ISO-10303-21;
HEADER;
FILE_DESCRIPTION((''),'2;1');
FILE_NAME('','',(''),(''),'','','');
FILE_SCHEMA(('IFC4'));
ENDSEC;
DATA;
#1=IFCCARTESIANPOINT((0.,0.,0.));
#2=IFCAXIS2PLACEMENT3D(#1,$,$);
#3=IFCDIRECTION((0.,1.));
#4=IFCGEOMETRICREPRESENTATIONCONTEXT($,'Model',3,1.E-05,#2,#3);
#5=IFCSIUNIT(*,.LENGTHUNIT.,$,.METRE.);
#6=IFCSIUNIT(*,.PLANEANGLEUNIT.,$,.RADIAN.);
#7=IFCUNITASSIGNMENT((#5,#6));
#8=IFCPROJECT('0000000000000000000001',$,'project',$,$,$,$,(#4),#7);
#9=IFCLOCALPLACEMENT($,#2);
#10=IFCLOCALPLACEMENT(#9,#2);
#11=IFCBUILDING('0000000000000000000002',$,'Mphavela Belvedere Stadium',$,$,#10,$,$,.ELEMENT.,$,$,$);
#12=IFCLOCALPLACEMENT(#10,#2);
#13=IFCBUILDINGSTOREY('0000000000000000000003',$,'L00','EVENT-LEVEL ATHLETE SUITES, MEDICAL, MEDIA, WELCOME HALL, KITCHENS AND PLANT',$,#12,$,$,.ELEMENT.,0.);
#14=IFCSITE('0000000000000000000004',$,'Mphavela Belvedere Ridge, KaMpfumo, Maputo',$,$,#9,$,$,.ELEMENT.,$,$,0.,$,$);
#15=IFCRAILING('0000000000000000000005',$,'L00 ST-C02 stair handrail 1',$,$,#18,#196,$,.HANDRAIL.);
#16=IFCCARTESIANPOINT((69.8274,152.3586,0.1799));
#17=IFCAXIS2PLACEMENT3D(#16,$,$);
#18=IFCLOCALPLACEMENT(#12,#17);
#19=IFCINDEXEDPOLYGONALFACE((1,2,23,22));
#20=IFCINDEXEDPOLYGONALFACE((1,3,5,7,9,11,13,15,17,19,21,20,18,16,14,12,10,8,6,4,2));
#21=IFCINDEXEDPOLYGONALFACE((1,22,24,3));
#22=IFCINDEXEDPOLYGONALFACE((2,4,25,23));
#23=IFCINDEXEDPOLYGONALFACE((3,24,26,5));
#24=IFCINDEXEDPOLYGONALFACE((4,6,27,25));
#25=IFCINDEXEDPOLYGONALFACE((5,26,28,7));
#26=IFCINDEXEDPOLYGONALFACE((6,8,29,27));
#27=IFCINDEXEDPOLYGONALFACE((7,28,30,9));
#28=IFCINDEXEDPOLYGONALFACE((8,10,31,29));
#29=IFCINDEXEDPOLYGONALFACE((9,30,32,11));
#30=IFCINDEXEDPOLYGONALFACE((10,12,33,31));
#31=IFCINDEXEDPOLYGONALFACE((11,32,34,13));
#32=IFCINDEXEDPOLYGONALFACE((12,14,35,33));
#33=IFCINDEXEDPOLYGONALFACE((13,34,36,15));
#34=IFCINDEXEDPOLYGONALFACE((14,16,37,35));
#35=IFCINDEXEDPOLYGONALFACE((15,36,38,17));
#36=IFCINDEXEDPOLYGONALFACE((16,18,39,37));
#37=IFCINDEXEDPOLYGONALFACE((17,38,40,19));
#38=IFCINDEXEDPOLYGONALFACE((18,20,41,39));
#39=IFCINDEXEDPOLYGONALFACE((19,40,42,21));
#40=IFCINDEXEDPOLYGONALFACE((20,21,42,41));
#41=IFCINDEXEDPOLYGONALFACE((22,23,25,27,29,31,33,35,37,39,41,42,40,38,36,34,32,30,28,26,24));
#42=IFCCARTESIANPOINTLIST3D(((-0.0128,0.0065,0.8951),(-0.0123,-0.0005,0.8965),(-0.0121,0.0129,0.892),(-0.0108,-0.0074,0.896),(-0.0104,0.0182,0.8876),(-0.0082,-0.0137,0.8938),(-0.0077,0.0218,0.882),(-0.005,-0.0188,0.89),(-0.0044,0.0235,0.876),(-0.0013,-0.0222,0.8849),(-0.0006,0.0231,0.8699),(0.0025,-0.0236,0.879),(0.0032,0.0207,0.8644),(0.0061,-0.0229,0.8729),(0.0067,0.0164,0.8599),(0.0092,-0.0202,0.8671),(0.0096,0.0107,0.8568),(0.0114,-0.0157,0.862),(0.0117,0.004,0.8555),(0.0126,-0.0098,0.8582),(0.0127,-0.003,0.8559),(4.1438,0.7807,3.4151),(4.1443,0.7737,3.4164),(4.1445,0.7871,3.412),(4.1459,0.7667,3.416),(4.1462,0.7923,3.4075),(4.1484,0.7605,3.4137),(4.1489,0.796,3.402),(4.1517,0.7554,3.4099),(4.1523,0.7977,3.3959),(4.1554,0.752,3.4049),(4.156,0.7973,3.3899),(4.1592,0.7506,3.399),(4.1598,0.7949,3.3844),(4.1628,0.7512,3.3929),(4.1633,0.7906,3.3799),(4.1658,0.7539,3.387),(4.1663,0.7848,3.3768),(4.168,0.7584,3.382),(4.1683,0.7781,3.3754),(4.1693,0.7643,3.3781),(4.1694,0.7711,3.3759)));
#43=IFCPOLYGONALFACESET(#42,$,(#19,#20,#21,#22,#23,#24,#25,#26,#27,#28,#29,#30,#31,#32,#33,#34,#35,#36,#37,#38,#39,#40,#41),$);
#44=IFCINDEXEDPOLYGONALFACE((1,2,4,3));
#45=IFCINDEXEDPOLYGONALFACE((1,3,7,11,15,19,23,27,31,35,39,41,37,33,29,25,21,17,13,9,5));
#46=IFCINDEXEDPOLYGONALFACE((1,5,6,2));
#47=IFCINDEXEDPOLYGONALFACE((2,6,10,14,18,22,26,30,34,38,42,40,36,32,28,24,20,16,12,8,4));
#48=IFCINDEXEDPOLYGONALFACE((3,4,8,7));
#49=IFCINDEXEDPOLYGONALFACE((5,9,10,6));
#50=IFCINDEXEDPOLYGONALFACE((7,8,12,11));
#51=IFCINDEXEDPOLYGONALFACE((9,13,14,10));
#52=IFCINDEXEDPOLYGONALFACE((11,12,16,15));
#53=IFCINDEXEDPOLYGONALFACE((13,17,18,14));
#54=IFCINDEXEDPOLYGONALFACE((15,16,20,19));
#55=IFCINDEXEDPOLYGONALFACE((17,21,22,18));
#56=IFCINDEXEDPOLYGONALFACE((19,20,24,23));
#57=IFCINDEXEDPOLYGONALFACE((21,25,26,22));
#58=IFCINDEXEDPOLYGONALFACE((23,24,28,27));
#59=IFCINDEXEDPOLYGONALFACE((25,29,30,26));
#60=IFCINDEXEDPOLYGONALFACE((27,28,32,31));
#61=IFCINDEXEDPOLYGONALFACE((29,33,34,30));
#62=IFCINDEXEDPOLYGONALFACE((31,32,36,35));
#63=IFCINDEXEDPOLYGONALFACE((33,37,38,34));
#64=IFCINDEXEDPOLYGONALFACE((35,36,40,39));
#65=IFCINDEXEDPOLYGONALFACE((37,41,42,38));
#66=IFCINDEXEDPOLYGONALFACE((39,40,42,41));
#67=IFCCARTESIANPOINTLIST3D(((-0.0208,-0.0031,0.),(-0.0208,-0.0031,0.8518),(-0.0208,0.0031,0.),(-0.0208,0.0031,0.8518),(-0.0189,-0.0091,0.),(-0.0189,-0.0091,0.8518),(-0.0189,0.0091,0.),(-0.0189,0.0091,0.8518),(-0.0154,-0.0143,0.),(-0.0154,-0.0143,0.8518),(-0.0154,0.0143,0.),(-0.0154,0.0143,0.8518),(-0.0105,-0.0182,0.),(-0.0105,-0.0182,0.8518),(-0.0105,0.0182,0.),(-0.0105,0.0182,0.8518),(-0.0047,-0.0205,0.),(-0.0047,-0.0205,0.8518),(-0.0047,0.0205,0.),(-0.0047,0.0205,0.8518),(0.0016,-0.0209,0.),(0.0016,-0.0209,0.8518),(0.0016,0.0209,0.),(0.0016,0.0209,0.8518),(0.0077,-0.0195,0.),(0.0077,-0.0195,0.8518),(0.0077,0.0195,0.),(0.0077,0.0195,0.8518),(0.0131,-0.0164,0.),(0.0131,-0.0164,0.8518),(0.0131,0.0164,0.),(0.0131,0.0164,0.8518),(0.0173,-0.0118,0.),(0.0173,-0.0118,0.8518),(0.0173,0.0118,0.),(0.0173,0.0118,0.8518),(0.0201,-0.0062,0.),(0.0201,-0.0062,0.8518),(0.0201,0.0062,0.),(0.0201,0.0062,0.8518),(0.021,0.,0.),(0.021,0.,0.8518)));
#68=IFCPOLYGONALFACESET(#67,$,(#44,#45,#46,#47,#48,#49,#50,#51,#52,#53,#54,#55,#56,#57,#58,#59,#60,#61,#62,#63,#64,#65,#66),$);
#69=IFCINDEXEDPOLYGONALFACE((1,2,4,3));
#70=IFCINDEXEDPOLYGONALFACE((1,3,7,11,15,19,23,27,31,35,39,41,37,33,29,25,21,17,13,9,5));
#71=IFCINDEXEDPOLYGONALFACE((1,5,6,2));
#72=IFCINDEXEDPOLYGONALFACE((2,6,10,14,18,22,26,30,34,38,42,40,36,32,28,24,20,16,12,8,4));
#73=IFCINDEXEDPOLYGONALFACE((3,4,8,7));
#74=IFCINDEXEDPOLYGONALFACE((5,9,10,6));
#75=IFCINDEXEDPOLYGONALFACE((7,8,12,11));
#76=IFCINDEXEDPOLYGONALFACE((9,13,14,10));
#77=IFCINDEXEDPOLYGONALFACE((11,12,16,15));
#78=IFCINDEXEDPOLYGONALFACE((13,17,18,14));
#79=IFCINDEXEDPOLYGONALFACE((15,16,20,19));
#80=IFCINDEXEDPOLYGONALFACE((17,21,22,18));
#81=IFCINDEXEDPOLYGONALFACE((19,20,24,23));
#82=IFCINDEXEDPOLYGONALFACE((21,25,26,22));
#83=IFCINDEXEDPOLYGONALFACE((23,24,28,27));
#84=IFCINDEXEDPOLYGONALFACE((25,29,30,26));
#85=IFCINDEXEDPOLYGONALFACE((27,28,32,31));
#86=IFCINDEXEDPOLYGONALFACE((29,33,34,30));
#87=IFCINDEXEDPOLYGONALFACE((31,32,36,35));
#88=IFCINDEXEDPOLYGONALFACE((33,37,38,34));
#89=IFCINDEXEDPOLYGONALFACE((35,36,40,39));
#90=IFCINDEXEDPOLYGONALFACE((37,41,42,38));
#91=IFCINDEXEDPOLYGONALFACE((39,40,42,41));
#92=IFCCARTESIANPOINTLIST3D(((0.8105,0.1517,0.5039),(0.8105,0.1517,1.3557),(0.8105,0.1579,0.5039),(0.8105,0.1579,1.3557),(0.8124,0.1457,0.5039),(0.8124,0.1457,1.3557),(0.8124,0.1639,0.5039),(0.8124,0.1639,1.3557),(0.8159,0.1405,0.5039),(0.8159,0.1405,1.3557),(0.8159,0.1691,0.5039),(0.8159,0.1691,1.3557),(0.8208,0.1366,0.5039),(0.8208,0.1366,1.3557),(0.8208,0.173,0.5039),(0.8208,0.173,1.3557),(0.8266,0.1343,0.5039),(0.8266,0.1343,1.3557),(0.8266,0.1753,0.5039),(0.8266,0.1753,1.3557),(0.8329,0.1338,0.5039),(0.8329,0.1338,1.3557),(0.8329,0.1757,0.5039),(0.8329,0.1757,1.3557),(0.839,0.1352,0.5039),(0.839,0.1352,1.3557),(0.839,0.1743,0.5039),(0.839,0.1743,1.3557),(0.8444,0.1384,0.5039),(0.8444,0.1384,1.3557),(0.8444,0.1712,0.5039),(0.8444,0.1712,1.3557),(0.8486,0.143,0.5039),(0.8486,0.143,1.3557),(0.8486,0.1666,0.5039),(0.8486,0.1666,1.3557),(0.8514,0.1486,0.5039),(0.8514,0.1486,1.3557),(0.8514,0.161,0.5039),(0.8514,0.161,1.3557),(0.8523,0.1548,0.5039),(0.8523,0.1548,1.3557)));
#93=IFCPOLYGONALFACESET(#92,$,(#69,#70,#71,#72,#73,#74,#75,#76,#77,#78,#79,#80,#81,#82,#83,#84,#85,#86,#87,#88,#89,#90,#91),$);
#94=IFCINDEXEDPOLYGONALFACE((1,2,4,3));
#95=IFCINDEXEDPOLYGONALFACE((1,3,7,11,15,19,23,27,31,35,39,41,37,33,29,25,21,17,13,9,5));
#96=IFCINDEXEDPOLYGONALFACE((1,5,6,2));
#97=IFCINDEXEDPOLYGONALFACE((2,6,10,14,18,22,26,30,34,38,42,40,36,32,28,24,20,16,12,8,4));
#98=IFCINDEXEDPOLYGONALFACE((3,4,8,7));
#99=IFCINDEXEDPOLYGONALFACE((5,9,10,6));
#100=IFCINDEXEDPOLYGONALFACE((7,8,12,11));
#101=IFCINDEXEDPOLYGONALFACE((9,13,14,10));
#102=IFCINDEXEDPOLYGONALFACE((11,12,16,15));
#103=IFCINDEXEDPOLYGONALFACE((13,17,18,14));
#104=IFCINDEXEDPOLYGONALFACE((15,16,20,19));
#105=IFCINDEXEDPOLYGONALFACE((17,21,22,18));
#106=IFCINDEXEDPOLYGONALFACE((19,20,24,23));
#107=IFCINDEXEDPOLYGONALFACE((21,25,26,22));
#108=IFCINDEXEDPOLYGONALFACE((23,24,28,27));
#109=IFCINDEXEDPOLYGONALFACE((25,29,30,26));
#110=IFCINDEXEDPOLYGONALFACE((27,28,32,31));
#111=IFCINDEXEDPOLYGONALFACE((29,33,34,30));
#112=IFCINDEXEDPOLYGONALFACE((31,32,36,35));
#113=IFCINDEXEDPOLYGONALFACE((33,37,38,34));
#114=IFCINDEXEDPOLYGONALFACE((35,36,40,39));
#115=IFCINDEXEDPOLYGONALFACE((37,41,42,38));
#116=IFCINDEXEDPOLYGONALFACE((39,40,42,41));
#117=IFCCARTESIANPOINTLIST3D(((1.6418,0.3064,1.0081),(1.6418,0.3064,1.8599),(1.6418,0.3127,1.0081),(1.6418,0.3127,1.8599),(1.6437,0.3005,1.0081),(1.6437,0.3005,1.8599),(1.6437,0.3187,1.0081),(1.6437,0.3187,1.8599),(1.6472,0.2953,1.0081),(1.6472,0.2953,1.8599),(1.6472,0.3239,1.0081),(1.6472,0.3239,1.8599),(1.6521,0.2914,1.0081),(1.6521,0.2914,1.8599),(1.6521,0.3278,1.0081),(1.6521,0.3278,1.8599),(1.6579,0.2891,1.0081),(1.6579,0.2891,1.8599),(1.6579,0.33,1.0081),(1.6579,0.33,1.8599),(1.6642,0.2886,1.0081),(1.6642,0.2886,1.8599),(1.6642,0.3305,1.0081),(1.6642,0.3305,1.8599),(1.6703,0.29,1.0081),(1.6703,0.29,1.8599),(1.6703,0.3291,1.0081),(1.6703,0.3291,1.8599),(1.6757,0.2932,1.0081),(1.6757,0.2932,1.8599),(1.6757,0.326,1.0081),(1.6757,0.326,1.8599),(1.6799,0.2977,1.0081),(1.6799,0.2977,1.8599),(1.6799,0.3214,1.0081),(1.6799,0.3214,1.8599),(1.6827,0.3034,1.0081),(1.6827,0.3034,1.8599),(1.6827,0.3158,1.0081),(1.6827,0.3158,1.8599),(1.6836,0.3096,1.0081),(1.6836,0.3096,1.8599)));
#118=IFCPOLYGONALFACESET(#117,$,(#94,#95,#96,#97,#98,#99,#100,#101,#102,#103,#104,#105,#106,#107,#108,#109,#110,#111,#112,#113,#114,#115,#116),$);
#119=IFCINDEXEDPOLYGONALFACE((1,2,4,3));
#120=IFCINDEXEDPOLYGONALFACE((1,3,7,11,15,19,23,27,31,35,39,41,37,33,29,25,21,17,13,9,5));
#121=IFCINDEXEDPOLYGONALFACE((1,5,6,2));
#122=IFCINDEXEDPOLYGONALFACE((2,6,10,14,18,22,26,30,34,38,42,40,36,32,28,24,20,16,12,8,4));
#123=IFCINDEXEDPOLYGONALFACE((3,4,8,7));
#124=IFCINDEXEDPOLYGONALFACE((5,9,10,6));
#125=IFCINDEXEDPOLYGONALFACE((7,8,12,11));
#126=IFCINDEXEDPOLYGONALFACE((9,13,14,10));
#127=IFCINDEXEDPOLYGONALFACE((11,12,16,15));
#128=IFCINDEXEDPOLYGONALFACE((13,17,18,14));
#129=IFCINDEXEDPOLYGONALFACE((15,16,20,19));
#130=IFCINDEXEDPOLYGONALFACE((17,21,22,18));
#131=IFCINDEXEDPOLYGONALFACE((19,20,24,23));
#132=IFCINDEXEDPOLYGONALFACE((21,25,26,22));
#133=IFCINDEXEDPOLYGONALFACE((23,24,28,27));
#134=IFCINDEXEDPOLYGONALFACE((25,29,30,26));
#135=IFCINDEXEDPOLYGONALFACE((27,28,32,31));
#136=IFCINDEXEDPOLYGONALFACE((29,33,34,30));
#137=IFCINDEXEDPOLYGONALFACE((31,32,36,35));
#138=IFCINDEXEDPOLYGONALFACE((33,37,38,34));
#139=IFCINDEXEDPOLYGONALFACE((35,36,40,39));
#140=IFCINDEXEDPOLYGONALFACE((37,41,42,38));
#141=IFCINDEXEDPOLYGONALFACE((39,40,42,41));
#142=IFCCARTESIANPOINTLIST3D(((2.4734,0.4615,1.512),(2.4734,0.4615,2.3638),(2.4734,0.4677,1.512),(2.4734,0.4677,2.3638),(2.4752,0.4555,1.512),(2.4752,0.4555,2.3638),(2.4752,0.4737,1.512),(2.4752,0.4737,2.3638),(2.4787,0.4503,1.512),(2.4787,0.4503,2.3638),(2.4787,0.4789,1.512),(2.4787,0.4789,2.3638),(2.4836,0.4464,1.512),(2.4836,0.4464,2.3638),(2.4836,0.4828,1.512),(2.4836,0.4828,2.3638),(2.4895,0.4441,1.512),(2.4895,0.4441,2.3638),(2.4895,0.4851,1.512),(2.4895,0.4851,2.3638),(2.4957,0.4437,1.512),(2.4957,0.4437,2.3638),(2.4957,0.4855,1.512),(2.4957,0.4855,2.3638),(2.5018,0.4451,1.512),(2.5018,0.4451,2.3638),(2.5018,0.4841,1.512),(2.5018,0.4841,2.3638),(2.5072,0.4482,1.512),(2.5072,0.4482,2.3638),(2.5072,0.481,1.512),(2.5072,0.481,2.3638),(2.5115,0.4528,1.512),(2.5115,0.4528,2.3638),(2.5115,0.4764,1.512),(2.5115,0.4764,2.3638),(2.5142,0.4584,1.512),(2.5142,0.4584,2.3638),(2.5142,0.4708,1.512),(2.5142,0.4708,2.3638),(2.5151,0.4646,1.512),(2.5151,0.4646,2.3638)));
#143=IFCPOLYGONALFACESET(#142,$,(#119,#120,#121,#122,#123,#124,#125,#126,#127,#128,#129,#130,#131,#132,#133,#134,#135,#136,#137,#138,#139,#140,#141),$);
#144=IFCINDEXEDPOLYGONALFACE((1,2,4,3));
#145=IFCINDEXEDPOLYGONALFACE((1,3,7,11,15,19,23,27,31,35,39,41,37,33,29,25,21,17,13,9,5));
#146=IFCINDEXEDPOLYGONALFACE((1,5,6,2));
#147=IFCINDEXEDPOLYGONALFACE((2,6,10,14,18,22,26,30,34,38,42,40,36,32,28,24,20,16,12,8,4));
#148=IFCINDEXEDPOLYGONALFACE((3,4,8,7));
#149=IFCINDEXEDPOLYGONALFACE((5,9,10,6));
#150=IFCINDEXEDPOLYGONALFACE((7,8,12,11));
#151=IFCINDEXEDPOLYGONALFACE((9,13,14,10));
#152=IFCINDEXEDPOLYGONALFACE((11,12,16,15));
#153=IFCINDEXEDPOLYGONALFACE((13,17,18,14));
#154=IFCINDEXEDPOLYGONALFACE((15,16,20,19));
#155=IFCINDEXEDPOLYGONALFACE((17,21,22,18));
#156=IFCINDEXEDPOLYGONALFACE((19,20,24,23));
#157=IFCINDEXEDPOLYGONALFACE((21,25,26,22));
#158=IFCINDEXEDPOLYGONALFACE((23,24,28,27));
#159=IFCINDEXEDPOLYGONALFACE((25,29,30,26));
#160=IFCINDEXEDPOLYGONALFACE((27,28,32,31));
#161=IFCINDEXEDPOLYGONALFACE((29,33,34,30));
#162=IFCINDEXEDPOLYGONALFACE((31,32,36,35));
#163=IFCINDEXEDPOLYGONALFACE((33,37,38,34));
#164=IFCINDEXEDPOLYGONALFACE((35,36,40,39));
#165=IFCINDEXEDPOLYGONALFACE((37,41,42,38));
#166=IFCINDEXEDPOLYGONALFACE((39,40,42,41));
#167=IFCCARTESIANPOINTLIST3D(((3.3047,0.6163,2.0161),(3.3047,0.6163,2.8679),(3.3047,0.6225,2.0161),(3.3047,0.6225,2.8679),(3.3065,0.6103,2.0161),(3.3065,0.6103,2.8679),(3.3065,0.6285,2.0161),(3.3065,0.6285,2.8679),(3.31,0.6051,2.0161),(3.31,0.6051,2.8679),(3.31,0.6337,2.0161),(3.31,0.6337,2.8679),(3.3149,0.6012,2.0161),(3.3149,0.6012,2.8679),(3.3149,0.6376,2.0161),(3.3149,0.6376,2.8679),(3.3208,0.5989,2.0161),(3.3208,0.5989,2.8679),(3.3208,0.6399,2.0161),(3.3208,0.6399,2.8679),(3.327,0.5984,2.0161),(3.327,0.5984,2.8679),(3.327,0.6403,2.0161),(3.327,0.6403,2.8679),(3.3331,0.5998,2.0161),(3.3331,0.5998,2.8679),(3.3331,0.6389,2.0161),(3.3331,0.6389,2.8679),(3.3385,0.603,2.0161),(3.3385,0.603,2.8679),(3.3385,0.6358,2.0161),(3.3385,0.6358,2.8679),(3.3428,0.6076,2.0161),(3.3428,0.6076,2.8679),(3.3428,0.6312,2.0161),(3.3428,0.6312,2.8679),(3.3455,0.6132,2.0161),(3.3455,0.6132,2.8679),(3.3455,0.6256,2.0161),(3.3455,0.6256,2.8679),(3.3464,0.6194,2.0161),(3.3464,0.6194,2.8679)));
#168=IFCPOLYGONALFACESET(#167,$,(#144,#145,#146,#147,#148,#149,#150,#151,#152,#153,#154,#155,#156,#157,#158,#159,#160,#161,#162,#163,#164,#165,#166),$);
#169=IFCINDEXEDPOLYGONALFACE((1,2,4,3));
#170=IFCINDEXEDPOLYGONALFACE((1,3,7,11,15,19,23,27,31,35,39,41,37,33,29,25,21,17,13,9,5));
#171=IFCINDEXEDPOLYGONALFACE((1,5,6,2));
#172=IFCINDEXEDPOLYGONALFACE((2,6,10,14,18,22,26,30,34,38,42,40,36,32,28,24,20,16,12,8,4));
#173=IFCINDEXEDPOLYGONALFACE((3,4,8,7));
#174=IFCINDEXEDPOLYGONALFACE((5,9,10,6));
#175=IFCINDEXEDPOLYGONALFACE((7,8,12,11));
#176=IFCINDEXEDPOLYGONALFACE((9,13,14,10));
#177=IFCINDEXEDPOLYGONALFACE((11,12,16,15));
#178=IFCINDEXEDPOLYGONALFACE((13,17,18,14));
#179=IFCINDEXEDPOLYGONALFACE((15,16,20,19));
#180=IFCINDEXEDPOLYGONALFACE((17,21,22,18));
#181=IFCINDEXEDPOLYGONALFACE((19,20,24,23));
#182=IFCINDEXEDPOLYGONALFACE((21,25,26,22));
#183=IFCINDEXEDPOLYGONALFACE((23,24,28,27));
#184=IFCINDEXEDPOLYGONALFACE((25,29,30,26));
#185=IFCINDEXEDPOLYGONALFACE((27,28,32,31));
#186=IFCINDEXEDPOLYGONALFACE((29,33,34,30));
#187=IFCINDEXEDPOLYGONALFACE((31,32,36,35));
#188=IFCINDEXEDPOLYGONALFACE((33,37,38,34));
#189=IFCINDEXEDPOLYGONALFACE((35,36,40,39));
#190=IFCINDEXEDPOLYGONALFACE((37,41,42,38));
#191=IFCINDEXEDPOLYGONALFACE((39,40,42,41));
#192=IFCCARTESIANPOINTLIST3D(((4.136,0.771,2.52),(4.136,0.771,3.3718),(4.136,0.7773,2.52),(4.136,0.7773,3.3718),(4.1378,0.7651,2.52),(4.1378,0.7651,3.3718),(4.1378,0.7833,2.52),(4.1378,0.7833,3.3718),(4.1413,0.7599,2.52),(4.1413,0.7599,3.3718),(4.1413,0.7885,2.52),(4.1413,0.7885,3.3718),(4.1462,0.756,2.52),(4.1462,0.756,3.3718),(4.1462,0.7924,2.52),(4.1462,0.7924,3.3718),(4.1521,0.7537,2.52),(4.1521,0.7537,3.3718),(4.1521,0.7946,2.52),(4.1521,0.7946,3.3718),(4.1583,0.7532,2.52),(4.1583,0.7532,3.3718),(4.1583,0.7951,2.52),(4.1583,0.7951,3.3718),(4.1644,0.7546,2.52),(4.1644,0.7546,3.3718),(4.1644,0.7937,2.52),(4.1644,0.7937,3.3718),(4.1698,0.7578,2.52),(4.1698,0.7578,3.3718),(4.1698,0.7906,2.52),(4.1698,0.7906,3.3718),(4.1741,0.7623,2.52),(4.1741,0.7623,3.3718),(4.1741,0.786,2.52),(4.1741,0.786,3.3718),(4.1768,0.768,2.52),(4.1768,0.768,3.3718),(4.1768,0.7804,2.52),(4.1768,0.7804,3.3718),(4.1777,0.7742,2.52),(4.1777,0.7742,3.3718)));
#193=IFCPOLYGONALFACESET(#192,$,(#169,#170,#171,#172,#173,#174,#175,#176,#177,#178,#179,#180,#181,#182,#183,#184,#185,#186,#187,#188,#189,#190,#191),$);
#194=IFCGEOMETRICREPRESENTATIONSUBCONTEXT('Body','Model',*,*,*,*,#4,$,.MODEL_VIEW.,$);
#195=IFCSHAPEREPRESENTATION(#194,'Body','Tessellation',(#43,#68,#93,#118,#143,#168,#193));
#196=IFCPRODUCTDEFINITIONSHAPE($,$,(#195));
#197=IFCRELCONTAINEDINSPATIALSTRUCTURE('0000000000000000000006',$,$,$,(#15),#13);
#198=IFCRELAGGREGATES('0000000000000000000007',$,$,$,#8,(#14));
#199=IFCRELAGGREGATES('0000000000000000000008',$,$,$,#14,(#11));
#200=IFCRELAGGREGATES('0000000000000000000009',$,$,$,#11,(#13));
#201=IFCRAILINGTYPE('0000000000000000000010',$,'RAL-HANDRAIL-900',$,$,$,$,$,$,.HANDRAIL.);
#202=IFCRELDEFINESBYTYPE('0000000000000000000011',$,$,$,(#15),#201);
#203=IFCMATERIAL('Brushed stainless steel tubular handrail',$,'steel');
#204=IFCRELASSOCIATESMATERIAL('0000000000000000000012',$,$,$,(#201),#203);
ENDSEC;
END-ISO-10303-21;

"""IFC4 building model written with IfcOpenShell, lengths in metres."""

from ifc_helpers import new_model, si_unit, direction, frame, origin, origin_2d, place, context, subcontext, project, spatial, circle, extrude, material, type_object, element, save


model = new_model("IFC4")

# Units and contexts
model_context = context("Model", 3, precision=1e-05, world=origin(), true_north=direction((0.0, 1.0)))
body_context = subcontext(model_context, "Body", "Model", "MODEL_VIEW")
ifc_project = project(units=[si_unit("LENGTHUNIT", "METRE"), si_unit("PLANEANGLEUNIT", "RADIAN")], contexts=[model_context])

# Site, building, storey
site_placement = place(None, origin())
site = spatial("IfcSite", under=ifc_project, at=site_placement, Name="Mphavela Belvedere Ridge, KaMpfumo, Maputo", CompositionType="ELEMENT", RefElevation=0.0)
building_placement = place(site_placement, origin())
building = spatial("IfcBuilding", under=site, at=building_placement, Name="Mphavela Belvedere Stadium", CompositionType="ELEMENT")
storey_placement = place(building_placement, origin())
storey = spatial("IfcBuildingStorey", under=building, at=storey_placement, Name="L00", Description="EVENT-LEVEL ATHLETE SUITES, MEDICAL, MEDIA, WELCOME HALL, KITCHENS AND PLANT", CompositionType="ELEMENT", Elevation=0.0)

# Railing
ifc_material_1 = material(Name="Brushed stainless steel tubular handrail", Category="steel")
railing_type_1 = type_object("IfcRailingType", Name="RAL-HANDRAIL-900", PredefinedType="HANDRAIL", material=ifc_material_1)
railing_1_placement = place(storey_placement, frame((69.8274, 152.3586, 0.1799)))
element("IfcRailing", 1, at=railing_1_placement, inside=storey, type_object=railing_type_1, Name="L00 ST-C02 stair handrail 1", PredefinedType="HANDRAIL", context=body_context, shape_type="SweptSolid", body=[
    extrude(circle(Radius=0.0239, at=origin_2d()), frame((0.0, 0.0, 0.876), z_axis=(0.844483, 0.15728, 0.511967), x_axis=(-0.183096, 0.983095, 0.0)), (0.0, 0.0, 1.0), 4.9221),
    extrude(circle(Radius=0.021, at=origin_2d()), origin(), (0.0, 0.0, 1.0), 0.8518),
    extrude(circle(Radius=0.021, at=origin_2d()), frame((0.8313, 0.1548, 0.5039)), (0.0, 0.0, 1.0), 0.8518),
    extrude(circle(Radius=0.021, at=origin_2d()), frame((1.6626, 0.3096, 1.0081)), (0.0, 0.0, 1.0), 0.8518),
    extrude(circle(Radius=0.021, at=origin_2d()), frame((2.4941, 0.4646, 1.512)), (0.0, 0.0, 1.0), 0.8518),
    extrude(circle(Radius=0.021, at=origin_2d()), frame((3.3254, 0.6194, 2.0161)), (0.0, 0.0, 1.0), 0.8518),
    extrude(circle(Radius=0.021, at=origin_2d()), frame((4.1567, 0.7742, 2.52)), (0.0, 0.0, 1.0), 0.8518),
])

save(model, "model.ifc")
